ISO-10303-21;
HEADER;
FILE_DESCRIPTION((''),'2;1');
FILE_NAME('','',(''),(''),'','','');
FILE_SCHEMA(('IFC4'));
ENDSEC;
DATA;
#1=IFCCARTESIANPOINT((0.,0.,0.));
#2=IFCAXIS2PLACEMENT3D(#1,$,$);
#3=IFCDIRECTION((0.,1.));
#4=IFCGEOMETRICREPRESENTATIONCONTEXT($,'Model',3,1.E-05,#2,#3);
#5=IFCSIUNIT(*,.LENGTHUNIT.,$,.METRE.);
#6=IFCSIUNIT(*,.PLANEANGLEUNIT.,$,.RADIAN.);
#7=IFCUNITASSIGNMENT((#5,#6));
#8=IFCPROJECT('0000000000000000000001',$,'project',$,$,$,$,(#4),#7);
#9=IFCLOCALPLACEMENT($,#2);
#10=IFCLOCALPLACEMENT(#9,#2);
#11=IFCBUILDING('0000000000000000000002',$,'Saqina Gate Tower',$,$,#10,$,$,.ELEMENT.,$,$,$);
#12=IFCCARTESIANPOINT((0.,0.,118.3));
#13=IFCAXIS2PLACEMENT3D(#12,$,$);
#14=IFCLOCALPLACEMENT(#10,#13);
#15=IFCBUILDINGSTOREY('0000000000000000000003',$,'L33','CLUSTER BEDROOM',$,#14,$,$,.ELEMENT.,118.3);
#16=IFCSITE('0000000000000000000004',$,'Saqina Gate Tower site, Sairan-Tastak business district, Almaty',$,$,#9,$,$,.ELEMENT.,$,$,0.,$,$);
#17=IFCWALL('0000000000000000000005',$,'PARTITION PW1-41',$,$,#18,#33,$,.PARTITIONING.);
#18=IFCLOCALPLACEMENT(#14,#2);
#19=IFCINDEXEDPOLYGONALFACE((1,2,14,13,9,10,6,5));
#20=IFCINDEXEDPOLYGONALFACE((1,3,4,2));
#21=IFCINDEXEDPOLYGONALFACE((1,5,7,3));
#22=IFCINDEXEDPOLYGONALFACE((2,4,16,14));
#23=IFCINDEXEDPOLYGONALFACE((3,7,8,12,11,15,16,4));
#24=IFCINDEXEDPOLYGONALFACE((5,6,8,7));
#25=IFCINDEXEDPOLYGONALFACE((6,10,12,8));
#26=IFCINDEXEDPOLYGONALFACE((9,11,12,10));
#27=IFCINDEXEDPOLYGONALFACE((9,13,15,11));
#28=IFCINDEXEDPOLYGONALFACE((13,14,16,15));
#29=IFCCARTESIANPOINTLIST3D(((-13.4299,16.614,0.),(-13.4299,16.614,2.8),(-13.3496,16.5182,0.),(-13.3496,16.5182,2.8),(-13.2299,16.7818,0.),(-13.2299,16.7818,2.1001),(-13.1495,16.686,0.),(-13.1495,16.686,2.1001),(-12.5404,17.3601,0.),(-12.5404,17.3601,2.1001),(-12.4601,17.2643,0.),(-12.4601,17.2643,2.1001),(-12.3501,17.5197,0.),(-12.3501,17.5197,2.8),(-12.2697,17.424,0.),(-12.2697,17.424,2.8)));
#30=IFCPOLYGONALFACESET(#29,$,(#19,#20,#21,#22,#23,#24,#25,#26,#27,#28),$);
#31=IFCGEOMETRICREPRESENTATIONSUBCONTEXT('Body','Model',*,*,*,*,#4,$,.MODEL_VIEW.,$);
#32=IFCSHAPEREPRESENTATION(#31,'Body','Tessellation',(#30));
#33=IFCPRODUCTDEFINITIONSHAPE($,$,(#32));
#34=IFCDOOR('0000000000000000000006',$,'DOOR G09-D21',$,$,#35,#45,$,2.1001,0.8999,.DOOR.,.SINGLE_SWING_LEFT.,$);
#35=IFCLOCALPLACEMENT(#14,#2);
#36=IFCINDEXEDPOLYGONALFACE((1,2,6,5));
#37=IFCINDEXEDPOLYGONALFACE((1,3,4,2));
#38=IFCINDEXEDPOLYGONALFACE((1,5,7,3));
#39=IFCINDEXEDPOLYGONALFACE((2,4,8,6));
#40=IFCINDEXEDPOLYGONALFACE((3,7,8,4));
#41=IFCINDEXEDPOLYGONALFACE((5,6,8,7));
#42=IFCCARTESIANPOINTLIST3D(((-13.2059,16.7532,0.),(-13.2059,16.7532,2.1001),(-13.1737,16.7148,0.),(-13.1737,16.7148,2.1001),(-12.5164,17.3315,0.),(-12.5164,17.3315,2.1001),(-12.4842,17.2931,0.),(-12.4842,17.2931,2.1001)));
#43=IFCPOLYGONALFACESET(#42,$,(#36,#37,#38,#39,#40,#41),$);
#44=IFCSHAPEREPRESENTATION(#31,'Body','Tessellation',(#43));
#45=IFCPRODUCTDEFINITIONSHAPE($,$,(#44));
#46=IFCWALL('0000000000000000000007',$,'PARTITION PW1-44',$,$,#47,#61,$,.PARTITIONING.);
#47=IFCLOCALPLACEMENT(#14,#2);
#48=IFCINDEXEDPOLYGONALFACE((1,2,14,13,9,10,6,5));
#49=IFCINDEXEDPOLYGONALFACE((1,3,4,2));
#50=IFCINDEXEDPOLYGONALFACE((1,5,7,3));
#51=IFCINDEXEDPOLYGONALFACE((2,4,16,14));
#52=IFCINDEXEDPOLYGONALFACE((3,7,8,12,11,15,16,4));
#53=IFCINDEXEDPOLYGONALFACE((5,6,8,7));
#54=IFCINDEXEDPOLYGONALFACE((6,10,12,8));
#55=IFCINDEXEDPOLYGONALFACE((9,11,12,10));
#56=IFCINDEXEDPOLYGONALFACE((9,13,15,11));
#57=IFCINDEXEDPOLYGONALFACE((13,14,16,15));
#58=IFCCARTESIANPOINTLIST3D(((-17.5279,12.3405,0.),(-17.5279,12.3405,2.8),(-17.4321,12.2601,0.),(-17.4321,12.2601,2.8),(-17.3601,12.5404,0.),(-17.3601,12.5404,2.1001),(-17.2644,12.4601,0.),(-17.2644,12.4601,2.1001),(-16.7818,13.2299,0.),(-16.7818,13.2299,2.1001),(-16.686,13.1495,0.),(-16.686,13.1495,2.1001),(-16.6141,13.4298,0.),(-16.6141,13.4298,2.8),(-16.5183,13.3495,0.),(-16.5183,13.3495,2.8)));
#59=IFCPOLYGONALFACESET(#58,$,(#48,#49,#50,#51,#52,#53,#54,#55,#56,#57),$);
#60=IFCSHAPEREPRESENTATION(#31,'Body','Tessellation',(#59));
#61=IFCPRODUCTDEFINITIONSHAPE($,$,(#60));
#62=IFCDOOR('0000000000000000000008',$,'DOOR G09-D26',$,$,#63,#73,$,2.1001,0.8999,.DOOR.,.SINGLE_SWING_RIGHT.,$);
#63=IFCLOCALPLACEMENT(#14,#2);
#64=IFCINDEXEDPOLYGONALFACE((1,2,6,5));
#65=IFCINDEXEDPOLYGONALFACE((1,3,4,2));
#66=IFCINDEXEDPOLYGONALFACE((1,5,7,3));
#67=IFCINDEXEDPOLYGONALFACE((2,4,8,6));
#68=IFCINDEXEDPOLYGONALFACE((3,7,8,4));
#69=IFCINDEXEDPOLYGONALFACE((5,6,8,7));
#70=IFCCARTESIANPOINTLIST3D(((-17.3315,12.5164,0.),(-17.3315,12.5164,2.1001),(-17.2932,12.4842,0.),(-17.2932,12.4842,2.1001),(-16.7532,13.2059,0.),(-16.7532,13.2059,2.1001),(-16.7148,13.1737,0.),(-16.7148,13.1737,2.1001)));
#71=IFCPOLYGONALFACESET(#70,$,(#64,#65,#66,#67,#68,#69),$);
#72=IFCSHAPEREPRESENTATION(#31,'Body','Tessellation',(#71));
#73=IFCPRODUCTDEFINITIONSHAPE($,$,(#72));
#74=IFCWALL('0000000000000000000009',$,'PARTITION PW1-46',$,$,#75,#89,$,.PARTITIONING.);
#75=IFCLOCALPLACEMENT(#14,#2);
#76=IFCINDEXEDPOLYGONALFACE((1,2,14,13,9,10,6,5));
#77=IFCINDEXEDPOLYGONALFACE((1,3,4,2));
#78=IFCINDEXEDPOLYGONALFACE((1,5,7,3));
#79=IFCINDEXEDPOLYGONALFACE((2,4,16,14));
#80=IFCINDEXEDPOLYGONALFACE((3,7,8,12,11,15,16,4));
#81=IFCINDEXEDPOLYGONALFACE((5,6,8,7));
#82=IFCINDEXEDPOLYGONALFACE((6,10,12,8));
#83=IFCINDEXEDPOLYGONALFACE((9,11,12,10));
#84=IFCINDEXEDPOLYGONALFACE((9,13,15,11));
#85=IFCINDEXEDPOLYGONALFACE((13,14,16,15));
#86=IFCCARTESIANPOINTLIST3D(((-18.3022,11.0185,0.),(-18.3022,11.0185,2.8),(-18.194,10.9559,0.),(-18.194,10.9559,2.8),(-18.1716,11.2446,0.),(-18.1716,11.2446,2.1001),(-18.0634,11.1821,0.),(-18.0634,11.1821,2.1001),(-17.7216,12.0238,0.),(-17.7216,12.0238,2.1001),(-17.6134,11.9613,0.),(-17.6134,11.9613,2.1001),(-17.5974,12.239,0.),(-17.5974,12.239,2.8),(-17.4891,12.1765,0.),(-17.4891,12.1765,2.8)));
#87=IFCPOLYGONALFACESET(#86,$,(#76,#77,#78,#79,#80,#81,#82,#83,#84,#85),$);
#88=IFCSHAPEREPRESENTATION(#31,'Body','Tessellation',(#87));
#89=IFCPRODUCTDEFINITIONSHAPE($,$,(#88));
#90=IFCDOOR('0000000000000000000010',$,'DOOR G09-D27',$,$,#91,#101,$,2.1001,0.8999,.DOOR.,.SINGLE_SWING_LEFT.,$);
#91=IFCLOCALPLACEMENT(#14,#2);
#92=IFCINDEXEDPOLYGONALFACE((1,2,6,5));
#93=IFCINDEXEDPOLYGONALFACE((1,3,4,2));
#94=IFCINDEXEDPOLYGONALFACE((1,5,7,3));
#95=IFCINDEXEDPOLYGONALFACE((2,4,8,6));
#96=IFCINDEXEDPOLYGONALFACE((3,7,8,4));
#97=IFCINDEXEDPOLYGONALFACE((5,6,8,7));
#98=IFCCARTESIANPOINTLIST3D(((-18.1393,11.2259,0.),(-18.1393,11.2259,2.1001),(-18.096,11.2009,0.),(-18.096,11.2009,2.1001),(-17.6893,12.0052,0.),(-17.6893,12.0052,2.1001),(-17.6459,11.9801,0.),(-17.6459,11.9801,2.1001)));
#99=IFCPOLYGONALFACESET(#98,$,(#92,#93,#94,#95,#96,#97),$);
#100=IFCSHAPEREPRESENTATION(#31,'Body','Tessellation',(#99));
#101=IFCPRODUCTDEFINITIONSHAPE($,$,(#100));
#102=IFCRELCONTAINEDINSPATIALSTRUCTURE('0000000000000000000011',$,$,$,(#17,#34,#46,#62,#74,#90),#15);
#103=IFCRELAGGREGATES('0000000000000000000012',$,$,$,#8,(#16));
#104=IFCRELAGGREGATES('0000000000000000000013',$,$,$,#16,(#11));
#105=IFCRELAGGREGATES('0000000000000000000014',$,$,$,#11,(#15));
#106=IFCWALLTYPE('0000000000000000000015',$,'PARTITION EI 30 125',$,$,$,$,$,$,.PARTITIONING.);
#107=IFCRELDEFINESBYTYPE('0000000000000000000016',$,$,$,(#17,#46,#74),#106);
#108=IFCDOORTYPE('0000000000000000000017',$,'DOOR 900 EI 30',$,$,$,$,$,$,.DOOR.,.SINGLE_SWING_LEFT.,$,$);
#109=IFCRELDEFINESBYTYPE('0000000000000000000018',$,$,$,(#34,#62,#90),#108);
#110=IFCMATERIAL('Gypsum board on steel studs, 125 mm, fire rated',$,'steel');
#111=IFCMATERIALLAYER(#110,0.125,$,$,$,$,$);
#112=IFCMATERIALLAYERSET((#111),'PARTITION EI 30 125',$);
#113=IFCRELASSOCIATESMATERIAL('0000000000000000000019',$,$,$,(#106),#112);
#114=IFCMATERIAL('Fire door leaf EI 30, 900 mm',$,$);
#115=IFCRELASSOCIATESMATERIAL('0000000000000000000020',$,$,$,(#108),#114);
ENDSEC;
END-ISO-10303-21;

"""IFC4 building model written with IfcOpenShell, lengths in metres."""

from ifc_helpers import new_model, si_unit, direction, frame, frame_2d, origin, place, context, subcontext, project, spatial, rectangle, extrude, material, layer, layer_set, type_object, element, fill, save


model = new_model("IFC4")

# Units and contexts
model_context = context("Model", 3, precision=1e-05, world=origin(), true_north=direction((0.0, 1.0)))
body_context = subcontext(model_context, "Body", "Model", "MODEL_VIEW")
ifc_project = project(units=[si_unit("LENGTHUNIT", "METRE"), si_unit("PLANEANGLEUNIT", "RADIAN")], contexts=[model_context])

# Site, building, storey
site_placement = place(None, origin())
site = spatial("IfcSite", under=ifc_project, at=site_placement, Name="Saqina Gate Tower site, Sairan-Tastak business district, Almaty", CompositionType="ELEMENT", RefElevation=0.0)
building_placement = place(site_placement, origin())
building = spatial("IfcBuilding", under=site, at=building_placement, Name="Saqina Gate Tower", CompositionType="ELEMENT")
storey_placement = place(building_placement, frame((0.0, 0.0, 118.3)))
storey = spatial("IfcBuildingStorey", under=building, at=storey_placement, Name="L33", Description="CLUSTER BEDROOM", CompositionType="ELEMENT", Elevation=118.3)

# Walls, openings, doors
ifc_material_1 = material(Name="Gypsum board on steel studs, 125 mm, fire rated", Category="steel")
ifc_layer_1 = layer(ifc_material_1, 0.125)
ifc_layer_set_1 = layer_set([ifc_layer_1], Name="PARTITION EI 30 125")
wall_type_1 = type_object("IfcWallType", Name="PARTITION EI 30 125", PredefinedType="PARTITIONING", material=ifc_layer_set_1)
wall_1_placement = place(storey_placement, frame((-13.3896, 16.5662, 0.0), z_axis=(0.0, 0.0, 1.0), x_axis=(0.766159, 0.642652, 0.0)))
wall_1 = element("IfcWall", 1, at=wall_1_placement, inside=storey, type_object=wall_type_1, Name="PARTITION PW1-41", PredefinedType="PARTITIONING", context=body_context, shape_type="SweptSolid", body=[
    extrude(rectangle(XDim=1.4094, YDim=0.125, at=frame_2d((0.7046, 0.0))), origin(), (0.0, 0.0, 1.0), 2.8),
])
opening_1_placement = place(wall_1_placement, frame((0.261, 0.0, 0.0)))
opening_1 = element("IfcOpeningElement", 2, at=opening_1_placement, cuts=wall_1, PredefinedType="OPENING", context=body_context, shape_type="SweptSolid", body=[
    extrude(rectangle(XDim=0.8999, YDim=2.1001, at=frame_2d((0.45, 1.05))), frame((0.0, 0.0745, 0.0), z_axis=(0.0, -1.0, 0.0), x_axis=(1.0, 0.0, 0.0)), (0.0, 0.0, 1.0), 0.1489),
])
ifc_material_2 = material(Name="Fire door leaf EI 30, 900 mm")
door_type_1 = type_object("IfcDoorType", Name="DOOR 900 EI 30", OperationType="SINGLE_SWING_LEFT", PredefinedType="DOOR", material=ifc_material_2)
door_1_placement = place(opening_1_placement, frame((0.8999, 0.0, 0.0), z_axis=(0.0, 0.0, 1.0), x_axis=(-1.0, 0.0, 0.0)))
door_1 = element("IfcDoor", 3, at=door_1_placement, inside=storey, type_object=door_type_1, Name="DOOR G09-D21", OperationType="SINGLE_SWING_LEFT", OverallHeight=2.1001, OverallWidth=0.8999, PredefinedType="DOOR", context=body_context, shape_type="SweptSolid", body=[
    extrude(rectangle(XDim=0.8999, YDim=2.1001, at=frame_2d((0.45, 1.05))), frame((0.0, 0.0249, 0.0), z_axis=(0.0, -1.0, 0.0), x_axis=(1.0, 0.0, 0.0)), (0.0, 0.0, 1.0), 0.05),
])
fill(opening_1, door_1)
wall_2_placement = place(storey_placement, frame((-17.48, 12.3003, 0.0), z_axis=(0.0, 0.0, 1.0), x_axis=(0.642681, 0.766134, 0.0)))
wall_2 = element("IfcWall", 4, at=wall_2_placement, inside=storey, type_object=wall_type_1, Name="PARTITION PW1-44", PredefinedType="PARTITIONING", context=body_context, shape_type="SweptSolid", body=[
    extrude(rectangle(XDim=1.4219, YDim=0.125, at=frame_2d((0.7109, 0.0))), origin(), (0.0, 0.0, 1.0), 2.8),
])
opening_2_placement = place(wall_2_placement, frame((0.261, 0.0, 0.0)))
opening_2 = element("IfcOpeningElement", 5, at=opening_2_placement, cuts=wall_2, PredefinedType="OPENING", context=body_context, shape_type="SweptSolid", body=[
    extrude(rectangle(XDim=0.8999, YDim=2.1001, at=frame_2d((0.45, 1.05))), frame((0.0, 0.0745, 0.0), z_axis=(0.0, -1.0, 0.0), x_axis=(1.0, 0.0, 0.0)), (0.0, 0.0, 1.0), 0.1489),
])
door_2_placement = place(opening_2_placement, frame((0.8999, 0.0, 0.0), z_axis=(0.0, 0.0, 1.0), x_axis=(-1.0, 0.0, 0.0)))
door_2 = element("IfcDoor", 6, at=door_2_placement, inside=storey, type_object=door_type_1, Name="DOOR G09-D26", OperationType="SINGLE_SWING_RIGHT", OverallHeight=2.1001, OverallWidth=0.8999, PredefinedType="DOOR", context=body_context, shape_type="SweptSolid", body=[
    extrude(rectangle(XDim=0.8999, YDim=2.1001, at=frame_2d((0.45, 1.05))), frame((0.0, 0.0249, 0.0), z_axis=(0.0, -1.0, 0.0), x_axis=(1.0, 0.0, 0.0)), (0.0, 0.0, 1.0), 0.05),
])
fill(opening_2, door_2)
wall_3_placement = place(storey_placement, frame((-18.248, 10.9873, 0.0), z_axis=(0.0, 0.0, 1.0), x_axis=(0.500107, 0.865963, 0.0)))
wall_3 = element("IfcWall", 7, at=wall_3_placement, inside=storey, type_object=wall_type_1, Name="PARTITION PW1-46", PredefinedType="PARTITIONING", context=body_context, shape_type="SweptSolid", body=[
    extrude(rectangle(XDim=1.4094, YDim=0.125, at=frame_2d((0.7046, 0.0))), origin(), (0.0, 0.0, 1.0), 2.8),
])
opening_3_placement = place(wall_3_placement, frame((0.261, 0.0, 0.0)))
opening_3 = element("IfcOpeningElement", 8, at=opening_3_placement, cuts=wall_3, PredefinedType="OPENING", context=body_context, shape_type="SweptSolid", body=[
    extrude(rectangle(XDim=0.8999, YDim=2.1001, at=frame_2d((0.45, 1.05))), frame((0.0, 0.0745, 0.0), z_axis=(0.0, -1.0, 0.0), x_axis=(1.0, 0.0, 0.0)), (0.0, 0.0, 1.0), 0.1489),
])
door_3_placement = place(opening_3_placement, frame((0.8999, 0.0, 0.0), z_axis=(0.0, 0.0, 1.0), x_axis=(-1.0, 0.0, 0.0)))
door_3 = element("IfcDoor", 9, at=door_3_placement, inside=storey, type_object=door_type_1, Name="DOOR G09-D27", OperationType="SINGLE_SWING_LEFT", OverallHeight=2.1001, OverallWidth=0.8999, PredefinedType="DOOR", context=body_context, shape_type="SweptSolid", body=[
    extrude(rectangle(XDim=0.8999, YDim=2.1001, at=frame_2d((0.45, 1.05))), frame((0.0, 0.0249, 0.0), z_axis=(0.0, -1.0, 0.0), x_axis=(1.0, 0.0, 0.0)), (0.0, 0.0, 1.0), 0.05),
])
fill(opening_3, door_3)

save(model, "model.ifc")
